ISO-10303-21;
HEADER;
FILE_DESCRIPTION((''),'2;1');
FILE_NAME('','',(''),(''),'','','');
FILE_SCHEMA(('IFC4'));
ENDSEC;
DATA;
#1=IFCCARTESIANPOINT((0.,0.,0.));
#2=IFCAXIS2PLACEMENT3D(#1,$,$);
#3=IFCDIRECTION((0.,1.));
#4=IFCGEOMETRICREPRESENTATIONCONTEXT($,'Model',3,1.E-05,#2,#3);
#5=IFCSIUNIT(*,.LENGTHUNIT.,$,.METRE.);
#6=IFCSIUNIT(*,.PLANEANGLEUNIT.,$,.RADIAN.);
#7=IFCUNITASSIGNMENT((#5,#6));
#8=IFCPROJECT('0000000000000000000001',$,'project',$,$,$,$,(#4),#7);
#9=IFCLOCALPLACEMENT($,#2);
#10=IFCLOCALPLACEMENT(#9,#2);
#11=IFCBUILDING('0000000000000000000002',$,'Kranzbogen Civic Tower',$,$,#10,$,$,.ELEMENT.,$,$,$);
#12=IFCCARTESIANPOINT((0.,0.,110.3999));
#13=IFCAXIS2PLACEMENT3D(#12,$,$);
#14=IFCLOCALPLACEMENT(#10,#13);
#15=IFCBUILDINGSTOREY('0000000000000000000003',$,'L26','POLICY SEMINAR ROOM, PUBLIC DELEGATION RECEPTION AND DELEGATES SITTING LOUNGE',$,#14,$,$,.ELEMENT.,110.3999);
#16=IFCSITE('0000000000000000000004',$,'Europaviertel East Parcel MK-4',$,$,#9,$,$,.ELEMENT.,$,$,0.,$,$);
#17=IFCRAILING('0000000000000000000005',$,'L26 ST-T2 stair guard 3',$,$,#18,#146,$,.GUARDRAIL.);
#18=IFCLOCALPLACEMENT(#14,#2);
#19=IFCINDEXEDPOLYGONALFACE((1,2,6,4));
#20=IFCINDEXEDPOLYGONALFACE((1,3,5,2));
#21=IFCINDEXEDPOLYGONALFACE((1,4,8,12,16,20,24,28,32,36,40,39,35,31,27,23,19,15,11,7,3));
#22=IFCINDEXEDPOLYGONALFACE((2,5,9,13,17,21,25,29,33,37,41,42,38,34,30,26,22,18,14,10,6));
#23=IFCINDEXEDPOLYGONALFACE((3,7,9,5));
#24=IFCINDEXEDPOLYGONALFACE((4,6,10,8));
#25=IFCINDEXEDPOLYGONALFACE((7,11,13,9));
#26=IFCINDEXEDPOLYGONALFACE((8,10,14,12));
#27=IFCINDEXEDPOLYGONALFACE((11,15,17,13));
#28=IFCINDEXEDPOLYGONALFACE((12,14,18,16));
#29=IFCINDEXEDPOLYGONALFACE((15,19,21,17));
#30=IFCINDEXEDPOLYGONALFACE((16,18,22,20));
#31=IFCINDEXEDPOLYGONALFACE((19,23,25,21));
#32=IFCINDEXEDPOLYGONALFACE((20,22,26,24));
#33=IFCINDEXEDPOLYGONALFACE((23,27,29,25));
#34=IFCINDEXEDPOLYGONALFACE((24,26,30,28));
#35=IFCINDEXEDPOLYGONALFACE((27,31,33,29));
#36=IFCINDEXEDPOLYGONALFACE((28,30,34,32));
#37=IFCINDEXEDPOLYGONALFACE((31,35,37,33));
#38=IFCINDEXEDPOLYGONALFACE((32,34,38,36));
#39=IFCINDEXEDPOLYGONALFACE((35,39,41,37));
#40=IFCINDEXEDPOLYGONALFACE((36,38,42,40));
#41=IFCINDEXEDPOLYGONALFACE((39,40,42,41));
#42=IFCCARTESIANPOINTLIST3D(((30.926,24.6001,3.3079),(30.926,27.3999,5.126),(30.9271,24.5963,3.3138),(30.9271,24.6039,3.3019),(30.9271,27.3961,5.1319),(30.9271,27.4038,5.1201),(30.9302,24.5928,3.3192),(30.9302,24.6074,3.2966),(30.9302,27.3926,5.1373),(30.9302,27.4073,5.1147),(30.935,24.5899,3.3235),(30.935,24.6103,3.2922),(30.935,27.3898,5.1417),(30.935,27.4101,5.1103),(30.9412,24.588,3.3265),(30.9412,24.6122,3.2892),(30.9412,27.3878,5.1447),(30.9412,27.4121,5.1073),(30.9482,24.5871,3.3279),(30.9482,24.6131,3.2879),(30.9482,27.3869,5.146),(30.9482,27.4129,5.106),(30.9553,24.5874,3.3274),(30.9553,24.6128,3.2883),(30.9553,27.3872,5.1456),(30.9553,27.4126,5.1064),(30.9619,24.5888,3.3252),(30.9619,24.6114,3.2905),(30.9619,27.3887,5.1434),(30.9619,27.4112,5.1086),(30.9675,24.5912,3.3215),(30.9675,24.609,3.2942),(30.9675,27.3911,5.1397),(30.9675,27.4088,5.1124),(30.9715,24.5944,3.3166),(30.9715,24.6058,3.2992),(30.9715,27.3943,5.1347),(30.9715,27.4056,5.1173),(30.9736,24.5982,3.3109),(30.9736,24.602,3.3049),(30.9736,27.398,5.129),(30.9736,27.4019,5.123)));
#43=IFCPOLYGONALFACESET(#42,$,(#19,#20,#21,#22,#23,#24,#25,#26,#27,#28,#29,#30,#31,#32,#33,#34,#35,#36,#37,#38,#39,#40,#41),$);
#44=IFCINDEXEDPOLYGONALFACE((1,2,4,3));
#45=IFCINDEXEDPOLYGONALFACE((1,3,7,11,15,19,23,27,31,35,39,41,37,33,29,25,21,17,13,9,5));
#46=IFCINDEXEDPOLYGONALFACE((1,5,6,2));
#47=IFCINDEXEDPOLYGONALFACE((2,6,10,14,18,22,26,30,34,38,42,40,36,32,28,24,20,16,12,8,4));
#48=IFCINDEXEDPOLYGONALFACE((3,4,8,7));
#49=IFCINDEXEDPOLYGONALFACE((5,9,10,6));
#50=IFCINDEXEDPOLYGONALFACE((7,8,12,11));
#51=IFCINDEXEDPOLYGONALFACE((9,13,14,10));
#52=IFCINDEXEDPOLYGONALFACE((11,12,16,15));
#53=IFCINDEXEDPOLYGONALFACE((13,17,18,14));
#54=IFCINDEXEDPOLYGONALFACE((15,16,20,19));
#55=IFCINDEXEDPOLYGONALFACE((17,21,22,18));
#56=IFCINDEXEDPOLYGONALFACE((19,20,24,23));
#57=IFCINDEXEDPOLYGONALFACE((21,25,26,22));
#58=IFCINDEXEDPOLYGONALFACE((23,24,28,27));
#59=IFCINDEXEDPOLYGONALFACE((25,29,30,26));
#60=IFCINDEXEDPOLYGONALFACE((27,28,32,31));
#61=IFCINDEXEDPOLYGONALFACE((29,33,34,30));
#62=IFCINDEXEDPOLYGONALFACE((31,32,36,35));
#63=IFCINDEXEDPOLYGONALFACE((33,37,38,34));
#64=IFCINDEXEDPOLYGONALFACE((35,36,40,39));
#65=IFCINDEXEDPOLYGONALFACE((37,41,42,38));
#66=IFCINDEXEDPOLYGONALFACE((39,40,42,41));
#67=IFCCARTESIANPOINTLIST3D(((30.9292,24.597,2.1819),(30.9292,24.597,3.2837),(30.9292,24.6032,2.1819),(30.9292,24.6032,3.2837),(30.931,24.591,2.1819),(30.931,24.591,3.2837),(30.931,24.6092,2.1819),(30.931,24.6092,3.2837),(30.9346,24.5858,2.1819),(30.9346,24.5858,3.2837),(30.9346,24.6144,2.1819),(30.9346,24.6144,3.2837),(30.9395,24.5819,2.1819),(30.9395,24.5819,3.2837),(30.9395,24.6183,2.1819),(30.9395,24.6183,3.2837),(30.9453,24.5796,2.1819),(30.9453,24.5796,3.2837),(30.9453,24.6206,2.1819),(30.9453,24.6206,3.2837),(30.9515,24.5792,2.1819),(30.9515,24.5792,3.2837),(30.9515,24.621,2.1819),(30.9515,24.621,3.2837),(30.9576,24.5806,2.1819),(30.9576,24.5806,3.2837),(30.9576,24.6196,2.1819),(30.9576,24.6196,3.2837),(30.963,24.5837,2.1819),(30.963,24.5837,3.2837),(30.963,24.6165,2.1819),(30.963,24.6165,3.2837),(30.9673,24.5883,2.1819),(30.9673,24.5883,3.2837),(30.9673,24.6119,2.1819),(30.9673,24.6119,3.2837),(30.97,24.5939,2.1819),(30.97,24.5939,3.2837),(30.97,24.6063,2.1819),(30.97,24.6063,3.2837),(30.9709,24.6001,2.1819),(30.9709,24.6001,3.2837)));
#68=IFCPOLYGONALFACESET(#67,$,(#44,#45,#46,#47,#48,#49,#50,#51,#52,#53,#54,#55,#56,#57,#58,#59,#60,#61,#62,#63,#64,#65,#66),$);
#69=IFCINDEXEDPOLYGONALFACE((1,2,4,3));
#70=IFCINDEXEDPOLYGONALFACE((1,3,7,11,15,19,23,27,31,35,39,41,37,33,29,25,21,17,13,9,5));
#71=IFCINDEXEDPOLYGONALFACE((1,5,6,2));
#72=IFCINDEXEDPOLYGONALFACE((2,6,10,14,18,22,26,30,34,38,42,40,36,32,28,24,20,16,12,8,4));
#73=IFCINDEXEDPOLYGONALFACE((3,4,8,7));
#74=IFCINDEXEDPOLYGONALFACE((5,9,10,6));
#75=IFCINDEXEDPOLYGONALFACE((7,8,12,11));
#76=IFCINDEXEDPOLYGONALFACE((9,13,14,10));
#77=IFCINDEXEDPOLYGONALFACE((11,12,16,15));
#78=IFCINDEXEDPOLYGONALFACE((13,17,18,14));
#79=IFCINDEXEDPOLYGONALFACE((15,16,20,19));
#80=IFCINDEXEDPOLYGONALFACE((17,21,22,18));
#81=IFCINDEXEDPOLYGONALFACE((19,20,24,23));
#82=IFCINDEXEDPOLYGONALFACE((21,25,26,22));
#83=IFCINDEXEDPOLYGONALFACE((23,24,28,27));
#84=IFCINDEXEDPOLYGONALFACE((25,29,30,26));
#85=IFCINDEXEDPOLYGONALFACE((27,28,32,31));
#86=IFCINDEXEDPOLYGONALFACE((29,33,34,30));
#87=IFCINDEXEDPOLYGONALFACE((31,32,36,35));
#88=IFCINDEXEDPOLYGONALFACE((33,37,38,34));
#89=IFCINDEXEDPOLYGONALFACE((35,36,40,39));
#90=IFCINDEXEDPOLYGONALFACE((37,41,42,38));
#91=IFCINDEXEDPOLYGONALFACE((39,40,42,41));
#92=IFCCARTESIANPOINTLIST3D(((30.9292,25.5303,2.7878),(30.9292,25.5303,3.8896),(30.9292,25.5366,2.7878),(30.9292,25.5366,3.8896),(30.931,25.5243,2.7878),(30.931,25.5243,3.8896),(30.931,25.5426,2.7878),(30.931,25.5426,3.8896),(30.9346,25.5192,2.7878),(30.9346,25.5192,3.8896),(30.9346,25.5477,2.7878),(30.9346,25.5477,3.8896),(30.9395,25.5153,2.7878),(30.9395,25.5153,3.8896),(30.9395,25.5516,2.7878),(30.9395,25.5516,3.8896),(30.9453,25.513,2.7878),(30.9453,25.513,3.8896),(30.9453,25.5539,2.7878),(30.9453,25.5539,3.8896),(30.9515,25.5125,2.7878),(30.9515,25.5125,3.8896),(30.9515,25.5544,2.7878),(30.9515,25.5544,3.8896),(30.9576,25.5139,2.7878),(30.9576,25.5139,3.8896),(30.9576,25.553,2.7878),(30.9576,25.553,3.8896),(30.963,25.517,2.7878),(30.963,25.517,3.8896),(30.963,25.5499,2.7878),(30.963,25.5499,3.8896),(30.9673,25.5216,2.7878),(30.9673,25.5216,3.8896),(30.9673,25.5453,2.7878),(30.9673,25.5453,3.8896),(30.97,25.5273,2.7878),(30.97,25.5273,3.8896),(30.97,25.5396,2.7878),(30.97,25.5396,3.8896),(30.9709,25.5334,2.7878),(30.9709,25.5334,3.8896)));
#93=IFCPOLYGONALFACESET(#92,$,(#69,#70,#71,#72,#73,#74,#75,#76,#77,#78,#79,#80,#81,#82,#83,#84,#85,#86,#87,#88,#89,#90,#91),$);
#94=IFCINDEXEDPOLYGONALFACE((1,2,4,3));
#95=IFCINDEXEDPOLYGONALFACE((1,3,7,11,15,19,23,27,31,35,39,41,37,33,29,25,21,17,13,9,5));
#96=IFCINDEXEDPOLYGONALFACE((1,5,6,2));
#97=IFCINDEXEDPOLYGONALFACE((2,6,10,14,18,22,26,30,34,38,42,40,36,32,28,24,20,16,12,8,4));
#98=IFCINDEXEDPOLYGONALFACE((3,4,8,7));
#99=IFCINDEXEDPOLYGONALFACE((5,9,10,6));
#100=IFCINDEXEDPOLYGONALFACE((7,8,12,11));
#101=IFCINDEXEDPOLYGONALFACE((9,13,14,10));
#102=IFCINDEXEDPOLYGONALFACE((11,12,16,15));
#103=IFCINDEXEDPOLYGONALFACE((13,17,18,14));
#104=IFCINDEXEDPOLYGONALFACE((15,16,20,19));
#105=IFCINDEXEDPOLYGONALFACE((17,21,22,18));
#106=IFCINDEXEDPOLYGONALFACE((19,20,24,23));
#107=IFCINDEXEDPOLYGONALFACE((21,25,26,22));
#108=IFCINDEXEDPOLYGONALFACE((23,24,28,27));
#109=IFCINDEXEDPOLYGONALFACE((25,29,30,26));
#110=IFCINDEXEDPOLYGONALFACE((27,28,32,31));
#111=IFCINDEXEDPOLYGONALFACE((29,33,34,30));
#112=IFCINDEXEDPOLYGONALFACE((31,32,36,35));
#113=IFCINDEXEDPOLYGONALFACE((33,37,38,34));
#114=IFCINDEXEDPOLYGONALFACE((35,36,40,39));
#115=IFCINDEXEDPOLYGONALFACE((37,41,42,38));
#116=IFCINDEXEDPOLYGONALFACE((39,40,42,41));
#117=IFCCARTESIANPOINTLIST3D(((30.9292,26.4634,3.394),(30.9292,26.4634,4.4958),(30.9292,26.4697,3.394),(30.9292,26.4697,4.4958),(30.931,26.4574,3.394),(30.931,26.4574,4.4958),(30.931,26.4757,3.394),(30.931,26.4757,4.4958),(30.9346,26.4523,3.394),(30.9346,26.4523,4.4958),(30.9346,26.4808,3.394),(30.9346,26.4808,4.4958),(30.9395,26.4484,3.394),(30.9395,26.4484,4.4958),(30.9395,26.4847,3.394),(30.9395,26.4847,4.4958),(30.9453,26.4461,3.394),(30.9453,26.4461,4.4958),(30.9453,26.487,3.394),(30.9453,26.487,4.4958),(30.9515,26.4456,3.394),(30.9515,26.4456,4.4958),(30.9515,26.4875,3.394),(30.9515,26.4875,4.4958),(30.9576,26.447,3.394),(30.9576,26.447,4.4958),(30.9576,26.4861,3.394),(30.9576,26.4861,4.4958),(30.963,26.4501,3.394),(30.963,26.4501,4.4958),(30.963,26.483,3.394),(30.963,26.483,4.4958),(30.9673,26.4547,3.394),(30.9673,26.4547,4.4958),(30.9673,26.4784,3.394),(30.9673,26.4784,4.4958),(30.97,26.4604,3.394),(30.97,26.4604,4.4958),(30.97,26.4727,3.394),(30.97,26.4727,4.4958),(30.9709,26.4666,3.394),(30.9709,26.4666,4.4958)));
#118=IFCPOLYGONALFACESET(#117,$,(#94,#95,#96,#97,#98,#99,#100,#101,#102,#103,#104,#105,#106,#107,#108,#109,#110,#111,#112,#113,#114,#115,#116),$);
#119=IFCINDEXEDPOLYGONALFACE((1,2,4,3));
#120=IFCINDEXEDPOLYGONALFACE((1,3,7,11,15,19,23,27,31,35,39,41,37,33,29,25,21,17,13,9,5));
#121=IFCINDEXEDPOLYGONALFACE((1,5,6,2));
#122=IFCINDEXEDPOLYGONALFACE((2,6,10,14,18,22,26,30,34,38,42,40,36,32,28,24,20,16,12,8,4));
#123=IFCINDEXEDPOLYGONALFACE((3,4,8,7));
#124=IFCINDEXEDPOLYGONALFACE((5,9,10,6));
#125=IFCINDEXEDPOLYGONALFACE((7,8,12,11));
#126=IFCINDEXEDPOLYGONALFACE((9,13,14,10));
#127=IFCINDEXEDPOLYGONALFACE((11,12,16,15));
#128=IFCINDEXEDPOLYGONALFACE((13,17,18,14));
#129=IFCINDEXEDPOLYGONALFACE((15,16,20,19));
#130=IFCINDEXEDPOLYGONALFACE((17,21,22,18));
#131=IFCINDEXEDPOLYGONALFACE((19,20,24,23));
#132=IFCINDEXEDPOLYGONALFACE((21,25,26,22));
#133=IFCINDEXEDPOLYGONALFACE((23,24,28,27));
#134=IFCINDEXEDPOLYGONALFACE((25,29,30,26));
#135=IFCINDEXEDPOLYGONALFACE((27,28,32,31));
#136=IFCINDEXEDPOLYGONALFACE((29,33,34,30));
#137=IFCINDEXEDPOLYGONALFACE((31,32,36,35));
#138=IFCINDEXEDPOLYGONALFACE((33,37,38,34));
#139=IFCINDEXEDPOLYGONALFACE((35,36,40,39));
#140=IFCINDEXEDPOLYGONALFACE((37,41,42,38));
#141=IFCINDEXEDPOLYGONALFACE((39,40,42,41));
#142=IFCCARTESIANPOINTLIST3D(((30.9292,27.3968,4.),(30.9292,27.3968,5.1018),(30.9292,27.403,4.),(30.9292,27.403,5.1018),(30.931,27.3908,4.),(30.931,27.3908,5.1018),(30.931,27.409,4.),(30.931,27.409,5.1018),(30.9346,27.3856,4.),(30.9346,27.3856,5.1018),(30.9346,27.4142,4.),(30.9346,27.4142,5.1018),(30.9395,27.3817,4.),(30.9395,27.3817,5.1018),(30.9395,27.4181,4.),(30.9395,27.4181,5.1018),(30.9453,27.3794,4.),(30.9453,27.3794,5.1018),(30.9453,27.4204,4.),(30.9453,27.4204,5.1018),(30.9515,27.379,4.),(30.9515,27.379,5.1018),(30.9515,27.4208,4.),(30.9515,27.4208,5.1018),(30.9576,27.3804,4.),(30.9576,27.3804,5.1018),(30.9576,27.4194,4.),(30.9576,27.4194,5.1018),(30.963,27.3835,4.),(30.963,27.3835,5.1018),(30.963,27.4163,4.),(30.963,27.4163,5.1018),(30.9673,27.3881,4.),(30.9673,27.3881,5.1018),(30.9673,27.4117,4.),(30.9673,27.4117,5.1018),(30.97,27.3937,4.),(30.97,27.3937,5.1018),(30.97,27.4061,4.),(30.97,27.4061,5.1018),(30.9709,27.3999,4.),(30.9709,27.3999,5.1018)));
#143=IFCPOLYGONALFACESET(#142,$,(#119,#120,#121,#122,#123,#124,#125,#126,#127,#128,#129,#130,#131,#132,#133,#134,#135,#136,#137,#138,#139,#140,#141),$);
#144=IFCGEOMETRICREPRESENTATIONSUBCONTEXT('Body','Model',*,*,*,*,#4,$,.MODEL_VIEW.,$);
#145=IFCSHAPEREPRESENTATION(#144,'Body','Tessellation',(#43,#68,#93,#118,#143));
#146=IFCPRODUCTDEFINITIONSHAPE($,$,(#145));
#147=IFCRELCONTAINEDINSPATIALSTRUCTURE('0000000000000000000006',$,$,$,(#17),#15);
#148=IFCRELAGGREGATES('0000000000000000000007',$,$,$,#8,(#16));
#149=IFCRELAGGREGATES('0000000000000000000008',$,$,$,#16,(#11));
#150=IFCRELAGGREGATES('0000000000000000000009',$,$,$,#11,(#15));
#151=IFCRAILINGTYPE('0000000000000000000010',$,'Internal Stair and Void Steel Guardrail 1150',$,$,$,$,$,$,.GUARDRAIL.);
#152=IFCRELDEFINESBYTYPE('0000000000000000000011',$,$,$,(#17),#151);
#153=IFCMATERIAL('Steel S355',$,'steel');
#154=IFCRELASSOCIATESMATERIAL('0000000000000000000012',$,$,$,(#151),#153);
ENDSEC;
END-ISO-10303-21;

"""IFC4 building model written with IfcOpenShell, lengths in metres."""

from ifc_helpers import new_model, si_unit, direction, frame, origin, origin_2d, place, context, subcontext, project, spatial, circle, extrude, material, type_object, element, save


model = new_model("IFC4")

# Units and contexts
model_context = context("Model", 3, precision=1e-05, world=origin(), true_north=direction((0.0, 1.0)))
body_context = subcontext(model_context, "Body", "Model", "MODEL_VIEW")
ifc_project = project(units=[si_unit("LENGTHUNIT", "METRE"), si_unit("PLANEANGLEUNIT", "RADIAN")], contexts=[model_context])

# Site, building, storey
site_placement = place(None, origin())
site = spatial("IfcSite", under=ifc_project, at=site_placement, Name="Europaviertel East Parcel MK-4", CompositionType="ELEMENT", RefElevation=0.0)
building_placement = place(site_placement, origin())
building = spatial("IfcBuilding", under=site, at=building_placement, Name="Kranzbogen Civic Tower", CompositionType="ELEMENT")
storey_placement = place(building_placement, frame((0.0, 0.0, 110.3999)))
storey = spatial("IfcBuildingStorey", under=building, at=storey_placement, Name="L26", Description="POLICY SEMINAR ROOM, PUBLIC DELEGATION RECEPTION AND DELEGATES SITTING LOUNGE", CompositionType="ELEMENT", Elevation=110.3999)

# Shared definitions
ifc_material_1 = material(Name="Steel S355", Category="steel")

# Railing
railing_type_1 = type_object("IfcRailingType", Name="Internal Stair and Void Steel Guardrail 1150", PredefinedType="GUARDRAIL", material=ifc_material_1)
railing_1_placement = place(storey_placement, frame((30.95, 24.6001, 2.1819)))
element("IfcRailing", 1, at=railing_1_placement, inside=storey, type_object=railing_type_1, Name="L26 ST-T2 stair guard 3", PredefinedType="GUARDRAIL", context=body_context, shape_type="SweptSolid", body=[
    extrude(circle(Radius=0.0239, at=origin_2d()), frame((0.0, 0.0, 1.126), z_axis=(0.0, 0.838684, 0.544618), x_axis=(-1.0, 0.0, 0.0)), (0.0, 0.0, 1.0), 3.3384),
    extrude(circle(Radius=0.021, at=origin_2d()), origin(), (0.0, 0.0, 1.0), 1.1018),
    extrude(circle(Radius=0.021, at=origin_2d()), frame((0.0, 0.9333, 0.606)), (0.0, 0.0, 1.0), 1.1018),
    extrude(circle(Radius=0.021, at=origin_2d()), frame((0.0, 1.8665, 1.2122)), (0.0, 0.0, 1.0), 1.1018),
    extrude(circle(Radius=0.021, at=origin_2d()), frame((0.0, 2.7998, 1.8181)), (0.0, 0.0, 1.0), 1.1018),
])

save(model, "model.ifc")
